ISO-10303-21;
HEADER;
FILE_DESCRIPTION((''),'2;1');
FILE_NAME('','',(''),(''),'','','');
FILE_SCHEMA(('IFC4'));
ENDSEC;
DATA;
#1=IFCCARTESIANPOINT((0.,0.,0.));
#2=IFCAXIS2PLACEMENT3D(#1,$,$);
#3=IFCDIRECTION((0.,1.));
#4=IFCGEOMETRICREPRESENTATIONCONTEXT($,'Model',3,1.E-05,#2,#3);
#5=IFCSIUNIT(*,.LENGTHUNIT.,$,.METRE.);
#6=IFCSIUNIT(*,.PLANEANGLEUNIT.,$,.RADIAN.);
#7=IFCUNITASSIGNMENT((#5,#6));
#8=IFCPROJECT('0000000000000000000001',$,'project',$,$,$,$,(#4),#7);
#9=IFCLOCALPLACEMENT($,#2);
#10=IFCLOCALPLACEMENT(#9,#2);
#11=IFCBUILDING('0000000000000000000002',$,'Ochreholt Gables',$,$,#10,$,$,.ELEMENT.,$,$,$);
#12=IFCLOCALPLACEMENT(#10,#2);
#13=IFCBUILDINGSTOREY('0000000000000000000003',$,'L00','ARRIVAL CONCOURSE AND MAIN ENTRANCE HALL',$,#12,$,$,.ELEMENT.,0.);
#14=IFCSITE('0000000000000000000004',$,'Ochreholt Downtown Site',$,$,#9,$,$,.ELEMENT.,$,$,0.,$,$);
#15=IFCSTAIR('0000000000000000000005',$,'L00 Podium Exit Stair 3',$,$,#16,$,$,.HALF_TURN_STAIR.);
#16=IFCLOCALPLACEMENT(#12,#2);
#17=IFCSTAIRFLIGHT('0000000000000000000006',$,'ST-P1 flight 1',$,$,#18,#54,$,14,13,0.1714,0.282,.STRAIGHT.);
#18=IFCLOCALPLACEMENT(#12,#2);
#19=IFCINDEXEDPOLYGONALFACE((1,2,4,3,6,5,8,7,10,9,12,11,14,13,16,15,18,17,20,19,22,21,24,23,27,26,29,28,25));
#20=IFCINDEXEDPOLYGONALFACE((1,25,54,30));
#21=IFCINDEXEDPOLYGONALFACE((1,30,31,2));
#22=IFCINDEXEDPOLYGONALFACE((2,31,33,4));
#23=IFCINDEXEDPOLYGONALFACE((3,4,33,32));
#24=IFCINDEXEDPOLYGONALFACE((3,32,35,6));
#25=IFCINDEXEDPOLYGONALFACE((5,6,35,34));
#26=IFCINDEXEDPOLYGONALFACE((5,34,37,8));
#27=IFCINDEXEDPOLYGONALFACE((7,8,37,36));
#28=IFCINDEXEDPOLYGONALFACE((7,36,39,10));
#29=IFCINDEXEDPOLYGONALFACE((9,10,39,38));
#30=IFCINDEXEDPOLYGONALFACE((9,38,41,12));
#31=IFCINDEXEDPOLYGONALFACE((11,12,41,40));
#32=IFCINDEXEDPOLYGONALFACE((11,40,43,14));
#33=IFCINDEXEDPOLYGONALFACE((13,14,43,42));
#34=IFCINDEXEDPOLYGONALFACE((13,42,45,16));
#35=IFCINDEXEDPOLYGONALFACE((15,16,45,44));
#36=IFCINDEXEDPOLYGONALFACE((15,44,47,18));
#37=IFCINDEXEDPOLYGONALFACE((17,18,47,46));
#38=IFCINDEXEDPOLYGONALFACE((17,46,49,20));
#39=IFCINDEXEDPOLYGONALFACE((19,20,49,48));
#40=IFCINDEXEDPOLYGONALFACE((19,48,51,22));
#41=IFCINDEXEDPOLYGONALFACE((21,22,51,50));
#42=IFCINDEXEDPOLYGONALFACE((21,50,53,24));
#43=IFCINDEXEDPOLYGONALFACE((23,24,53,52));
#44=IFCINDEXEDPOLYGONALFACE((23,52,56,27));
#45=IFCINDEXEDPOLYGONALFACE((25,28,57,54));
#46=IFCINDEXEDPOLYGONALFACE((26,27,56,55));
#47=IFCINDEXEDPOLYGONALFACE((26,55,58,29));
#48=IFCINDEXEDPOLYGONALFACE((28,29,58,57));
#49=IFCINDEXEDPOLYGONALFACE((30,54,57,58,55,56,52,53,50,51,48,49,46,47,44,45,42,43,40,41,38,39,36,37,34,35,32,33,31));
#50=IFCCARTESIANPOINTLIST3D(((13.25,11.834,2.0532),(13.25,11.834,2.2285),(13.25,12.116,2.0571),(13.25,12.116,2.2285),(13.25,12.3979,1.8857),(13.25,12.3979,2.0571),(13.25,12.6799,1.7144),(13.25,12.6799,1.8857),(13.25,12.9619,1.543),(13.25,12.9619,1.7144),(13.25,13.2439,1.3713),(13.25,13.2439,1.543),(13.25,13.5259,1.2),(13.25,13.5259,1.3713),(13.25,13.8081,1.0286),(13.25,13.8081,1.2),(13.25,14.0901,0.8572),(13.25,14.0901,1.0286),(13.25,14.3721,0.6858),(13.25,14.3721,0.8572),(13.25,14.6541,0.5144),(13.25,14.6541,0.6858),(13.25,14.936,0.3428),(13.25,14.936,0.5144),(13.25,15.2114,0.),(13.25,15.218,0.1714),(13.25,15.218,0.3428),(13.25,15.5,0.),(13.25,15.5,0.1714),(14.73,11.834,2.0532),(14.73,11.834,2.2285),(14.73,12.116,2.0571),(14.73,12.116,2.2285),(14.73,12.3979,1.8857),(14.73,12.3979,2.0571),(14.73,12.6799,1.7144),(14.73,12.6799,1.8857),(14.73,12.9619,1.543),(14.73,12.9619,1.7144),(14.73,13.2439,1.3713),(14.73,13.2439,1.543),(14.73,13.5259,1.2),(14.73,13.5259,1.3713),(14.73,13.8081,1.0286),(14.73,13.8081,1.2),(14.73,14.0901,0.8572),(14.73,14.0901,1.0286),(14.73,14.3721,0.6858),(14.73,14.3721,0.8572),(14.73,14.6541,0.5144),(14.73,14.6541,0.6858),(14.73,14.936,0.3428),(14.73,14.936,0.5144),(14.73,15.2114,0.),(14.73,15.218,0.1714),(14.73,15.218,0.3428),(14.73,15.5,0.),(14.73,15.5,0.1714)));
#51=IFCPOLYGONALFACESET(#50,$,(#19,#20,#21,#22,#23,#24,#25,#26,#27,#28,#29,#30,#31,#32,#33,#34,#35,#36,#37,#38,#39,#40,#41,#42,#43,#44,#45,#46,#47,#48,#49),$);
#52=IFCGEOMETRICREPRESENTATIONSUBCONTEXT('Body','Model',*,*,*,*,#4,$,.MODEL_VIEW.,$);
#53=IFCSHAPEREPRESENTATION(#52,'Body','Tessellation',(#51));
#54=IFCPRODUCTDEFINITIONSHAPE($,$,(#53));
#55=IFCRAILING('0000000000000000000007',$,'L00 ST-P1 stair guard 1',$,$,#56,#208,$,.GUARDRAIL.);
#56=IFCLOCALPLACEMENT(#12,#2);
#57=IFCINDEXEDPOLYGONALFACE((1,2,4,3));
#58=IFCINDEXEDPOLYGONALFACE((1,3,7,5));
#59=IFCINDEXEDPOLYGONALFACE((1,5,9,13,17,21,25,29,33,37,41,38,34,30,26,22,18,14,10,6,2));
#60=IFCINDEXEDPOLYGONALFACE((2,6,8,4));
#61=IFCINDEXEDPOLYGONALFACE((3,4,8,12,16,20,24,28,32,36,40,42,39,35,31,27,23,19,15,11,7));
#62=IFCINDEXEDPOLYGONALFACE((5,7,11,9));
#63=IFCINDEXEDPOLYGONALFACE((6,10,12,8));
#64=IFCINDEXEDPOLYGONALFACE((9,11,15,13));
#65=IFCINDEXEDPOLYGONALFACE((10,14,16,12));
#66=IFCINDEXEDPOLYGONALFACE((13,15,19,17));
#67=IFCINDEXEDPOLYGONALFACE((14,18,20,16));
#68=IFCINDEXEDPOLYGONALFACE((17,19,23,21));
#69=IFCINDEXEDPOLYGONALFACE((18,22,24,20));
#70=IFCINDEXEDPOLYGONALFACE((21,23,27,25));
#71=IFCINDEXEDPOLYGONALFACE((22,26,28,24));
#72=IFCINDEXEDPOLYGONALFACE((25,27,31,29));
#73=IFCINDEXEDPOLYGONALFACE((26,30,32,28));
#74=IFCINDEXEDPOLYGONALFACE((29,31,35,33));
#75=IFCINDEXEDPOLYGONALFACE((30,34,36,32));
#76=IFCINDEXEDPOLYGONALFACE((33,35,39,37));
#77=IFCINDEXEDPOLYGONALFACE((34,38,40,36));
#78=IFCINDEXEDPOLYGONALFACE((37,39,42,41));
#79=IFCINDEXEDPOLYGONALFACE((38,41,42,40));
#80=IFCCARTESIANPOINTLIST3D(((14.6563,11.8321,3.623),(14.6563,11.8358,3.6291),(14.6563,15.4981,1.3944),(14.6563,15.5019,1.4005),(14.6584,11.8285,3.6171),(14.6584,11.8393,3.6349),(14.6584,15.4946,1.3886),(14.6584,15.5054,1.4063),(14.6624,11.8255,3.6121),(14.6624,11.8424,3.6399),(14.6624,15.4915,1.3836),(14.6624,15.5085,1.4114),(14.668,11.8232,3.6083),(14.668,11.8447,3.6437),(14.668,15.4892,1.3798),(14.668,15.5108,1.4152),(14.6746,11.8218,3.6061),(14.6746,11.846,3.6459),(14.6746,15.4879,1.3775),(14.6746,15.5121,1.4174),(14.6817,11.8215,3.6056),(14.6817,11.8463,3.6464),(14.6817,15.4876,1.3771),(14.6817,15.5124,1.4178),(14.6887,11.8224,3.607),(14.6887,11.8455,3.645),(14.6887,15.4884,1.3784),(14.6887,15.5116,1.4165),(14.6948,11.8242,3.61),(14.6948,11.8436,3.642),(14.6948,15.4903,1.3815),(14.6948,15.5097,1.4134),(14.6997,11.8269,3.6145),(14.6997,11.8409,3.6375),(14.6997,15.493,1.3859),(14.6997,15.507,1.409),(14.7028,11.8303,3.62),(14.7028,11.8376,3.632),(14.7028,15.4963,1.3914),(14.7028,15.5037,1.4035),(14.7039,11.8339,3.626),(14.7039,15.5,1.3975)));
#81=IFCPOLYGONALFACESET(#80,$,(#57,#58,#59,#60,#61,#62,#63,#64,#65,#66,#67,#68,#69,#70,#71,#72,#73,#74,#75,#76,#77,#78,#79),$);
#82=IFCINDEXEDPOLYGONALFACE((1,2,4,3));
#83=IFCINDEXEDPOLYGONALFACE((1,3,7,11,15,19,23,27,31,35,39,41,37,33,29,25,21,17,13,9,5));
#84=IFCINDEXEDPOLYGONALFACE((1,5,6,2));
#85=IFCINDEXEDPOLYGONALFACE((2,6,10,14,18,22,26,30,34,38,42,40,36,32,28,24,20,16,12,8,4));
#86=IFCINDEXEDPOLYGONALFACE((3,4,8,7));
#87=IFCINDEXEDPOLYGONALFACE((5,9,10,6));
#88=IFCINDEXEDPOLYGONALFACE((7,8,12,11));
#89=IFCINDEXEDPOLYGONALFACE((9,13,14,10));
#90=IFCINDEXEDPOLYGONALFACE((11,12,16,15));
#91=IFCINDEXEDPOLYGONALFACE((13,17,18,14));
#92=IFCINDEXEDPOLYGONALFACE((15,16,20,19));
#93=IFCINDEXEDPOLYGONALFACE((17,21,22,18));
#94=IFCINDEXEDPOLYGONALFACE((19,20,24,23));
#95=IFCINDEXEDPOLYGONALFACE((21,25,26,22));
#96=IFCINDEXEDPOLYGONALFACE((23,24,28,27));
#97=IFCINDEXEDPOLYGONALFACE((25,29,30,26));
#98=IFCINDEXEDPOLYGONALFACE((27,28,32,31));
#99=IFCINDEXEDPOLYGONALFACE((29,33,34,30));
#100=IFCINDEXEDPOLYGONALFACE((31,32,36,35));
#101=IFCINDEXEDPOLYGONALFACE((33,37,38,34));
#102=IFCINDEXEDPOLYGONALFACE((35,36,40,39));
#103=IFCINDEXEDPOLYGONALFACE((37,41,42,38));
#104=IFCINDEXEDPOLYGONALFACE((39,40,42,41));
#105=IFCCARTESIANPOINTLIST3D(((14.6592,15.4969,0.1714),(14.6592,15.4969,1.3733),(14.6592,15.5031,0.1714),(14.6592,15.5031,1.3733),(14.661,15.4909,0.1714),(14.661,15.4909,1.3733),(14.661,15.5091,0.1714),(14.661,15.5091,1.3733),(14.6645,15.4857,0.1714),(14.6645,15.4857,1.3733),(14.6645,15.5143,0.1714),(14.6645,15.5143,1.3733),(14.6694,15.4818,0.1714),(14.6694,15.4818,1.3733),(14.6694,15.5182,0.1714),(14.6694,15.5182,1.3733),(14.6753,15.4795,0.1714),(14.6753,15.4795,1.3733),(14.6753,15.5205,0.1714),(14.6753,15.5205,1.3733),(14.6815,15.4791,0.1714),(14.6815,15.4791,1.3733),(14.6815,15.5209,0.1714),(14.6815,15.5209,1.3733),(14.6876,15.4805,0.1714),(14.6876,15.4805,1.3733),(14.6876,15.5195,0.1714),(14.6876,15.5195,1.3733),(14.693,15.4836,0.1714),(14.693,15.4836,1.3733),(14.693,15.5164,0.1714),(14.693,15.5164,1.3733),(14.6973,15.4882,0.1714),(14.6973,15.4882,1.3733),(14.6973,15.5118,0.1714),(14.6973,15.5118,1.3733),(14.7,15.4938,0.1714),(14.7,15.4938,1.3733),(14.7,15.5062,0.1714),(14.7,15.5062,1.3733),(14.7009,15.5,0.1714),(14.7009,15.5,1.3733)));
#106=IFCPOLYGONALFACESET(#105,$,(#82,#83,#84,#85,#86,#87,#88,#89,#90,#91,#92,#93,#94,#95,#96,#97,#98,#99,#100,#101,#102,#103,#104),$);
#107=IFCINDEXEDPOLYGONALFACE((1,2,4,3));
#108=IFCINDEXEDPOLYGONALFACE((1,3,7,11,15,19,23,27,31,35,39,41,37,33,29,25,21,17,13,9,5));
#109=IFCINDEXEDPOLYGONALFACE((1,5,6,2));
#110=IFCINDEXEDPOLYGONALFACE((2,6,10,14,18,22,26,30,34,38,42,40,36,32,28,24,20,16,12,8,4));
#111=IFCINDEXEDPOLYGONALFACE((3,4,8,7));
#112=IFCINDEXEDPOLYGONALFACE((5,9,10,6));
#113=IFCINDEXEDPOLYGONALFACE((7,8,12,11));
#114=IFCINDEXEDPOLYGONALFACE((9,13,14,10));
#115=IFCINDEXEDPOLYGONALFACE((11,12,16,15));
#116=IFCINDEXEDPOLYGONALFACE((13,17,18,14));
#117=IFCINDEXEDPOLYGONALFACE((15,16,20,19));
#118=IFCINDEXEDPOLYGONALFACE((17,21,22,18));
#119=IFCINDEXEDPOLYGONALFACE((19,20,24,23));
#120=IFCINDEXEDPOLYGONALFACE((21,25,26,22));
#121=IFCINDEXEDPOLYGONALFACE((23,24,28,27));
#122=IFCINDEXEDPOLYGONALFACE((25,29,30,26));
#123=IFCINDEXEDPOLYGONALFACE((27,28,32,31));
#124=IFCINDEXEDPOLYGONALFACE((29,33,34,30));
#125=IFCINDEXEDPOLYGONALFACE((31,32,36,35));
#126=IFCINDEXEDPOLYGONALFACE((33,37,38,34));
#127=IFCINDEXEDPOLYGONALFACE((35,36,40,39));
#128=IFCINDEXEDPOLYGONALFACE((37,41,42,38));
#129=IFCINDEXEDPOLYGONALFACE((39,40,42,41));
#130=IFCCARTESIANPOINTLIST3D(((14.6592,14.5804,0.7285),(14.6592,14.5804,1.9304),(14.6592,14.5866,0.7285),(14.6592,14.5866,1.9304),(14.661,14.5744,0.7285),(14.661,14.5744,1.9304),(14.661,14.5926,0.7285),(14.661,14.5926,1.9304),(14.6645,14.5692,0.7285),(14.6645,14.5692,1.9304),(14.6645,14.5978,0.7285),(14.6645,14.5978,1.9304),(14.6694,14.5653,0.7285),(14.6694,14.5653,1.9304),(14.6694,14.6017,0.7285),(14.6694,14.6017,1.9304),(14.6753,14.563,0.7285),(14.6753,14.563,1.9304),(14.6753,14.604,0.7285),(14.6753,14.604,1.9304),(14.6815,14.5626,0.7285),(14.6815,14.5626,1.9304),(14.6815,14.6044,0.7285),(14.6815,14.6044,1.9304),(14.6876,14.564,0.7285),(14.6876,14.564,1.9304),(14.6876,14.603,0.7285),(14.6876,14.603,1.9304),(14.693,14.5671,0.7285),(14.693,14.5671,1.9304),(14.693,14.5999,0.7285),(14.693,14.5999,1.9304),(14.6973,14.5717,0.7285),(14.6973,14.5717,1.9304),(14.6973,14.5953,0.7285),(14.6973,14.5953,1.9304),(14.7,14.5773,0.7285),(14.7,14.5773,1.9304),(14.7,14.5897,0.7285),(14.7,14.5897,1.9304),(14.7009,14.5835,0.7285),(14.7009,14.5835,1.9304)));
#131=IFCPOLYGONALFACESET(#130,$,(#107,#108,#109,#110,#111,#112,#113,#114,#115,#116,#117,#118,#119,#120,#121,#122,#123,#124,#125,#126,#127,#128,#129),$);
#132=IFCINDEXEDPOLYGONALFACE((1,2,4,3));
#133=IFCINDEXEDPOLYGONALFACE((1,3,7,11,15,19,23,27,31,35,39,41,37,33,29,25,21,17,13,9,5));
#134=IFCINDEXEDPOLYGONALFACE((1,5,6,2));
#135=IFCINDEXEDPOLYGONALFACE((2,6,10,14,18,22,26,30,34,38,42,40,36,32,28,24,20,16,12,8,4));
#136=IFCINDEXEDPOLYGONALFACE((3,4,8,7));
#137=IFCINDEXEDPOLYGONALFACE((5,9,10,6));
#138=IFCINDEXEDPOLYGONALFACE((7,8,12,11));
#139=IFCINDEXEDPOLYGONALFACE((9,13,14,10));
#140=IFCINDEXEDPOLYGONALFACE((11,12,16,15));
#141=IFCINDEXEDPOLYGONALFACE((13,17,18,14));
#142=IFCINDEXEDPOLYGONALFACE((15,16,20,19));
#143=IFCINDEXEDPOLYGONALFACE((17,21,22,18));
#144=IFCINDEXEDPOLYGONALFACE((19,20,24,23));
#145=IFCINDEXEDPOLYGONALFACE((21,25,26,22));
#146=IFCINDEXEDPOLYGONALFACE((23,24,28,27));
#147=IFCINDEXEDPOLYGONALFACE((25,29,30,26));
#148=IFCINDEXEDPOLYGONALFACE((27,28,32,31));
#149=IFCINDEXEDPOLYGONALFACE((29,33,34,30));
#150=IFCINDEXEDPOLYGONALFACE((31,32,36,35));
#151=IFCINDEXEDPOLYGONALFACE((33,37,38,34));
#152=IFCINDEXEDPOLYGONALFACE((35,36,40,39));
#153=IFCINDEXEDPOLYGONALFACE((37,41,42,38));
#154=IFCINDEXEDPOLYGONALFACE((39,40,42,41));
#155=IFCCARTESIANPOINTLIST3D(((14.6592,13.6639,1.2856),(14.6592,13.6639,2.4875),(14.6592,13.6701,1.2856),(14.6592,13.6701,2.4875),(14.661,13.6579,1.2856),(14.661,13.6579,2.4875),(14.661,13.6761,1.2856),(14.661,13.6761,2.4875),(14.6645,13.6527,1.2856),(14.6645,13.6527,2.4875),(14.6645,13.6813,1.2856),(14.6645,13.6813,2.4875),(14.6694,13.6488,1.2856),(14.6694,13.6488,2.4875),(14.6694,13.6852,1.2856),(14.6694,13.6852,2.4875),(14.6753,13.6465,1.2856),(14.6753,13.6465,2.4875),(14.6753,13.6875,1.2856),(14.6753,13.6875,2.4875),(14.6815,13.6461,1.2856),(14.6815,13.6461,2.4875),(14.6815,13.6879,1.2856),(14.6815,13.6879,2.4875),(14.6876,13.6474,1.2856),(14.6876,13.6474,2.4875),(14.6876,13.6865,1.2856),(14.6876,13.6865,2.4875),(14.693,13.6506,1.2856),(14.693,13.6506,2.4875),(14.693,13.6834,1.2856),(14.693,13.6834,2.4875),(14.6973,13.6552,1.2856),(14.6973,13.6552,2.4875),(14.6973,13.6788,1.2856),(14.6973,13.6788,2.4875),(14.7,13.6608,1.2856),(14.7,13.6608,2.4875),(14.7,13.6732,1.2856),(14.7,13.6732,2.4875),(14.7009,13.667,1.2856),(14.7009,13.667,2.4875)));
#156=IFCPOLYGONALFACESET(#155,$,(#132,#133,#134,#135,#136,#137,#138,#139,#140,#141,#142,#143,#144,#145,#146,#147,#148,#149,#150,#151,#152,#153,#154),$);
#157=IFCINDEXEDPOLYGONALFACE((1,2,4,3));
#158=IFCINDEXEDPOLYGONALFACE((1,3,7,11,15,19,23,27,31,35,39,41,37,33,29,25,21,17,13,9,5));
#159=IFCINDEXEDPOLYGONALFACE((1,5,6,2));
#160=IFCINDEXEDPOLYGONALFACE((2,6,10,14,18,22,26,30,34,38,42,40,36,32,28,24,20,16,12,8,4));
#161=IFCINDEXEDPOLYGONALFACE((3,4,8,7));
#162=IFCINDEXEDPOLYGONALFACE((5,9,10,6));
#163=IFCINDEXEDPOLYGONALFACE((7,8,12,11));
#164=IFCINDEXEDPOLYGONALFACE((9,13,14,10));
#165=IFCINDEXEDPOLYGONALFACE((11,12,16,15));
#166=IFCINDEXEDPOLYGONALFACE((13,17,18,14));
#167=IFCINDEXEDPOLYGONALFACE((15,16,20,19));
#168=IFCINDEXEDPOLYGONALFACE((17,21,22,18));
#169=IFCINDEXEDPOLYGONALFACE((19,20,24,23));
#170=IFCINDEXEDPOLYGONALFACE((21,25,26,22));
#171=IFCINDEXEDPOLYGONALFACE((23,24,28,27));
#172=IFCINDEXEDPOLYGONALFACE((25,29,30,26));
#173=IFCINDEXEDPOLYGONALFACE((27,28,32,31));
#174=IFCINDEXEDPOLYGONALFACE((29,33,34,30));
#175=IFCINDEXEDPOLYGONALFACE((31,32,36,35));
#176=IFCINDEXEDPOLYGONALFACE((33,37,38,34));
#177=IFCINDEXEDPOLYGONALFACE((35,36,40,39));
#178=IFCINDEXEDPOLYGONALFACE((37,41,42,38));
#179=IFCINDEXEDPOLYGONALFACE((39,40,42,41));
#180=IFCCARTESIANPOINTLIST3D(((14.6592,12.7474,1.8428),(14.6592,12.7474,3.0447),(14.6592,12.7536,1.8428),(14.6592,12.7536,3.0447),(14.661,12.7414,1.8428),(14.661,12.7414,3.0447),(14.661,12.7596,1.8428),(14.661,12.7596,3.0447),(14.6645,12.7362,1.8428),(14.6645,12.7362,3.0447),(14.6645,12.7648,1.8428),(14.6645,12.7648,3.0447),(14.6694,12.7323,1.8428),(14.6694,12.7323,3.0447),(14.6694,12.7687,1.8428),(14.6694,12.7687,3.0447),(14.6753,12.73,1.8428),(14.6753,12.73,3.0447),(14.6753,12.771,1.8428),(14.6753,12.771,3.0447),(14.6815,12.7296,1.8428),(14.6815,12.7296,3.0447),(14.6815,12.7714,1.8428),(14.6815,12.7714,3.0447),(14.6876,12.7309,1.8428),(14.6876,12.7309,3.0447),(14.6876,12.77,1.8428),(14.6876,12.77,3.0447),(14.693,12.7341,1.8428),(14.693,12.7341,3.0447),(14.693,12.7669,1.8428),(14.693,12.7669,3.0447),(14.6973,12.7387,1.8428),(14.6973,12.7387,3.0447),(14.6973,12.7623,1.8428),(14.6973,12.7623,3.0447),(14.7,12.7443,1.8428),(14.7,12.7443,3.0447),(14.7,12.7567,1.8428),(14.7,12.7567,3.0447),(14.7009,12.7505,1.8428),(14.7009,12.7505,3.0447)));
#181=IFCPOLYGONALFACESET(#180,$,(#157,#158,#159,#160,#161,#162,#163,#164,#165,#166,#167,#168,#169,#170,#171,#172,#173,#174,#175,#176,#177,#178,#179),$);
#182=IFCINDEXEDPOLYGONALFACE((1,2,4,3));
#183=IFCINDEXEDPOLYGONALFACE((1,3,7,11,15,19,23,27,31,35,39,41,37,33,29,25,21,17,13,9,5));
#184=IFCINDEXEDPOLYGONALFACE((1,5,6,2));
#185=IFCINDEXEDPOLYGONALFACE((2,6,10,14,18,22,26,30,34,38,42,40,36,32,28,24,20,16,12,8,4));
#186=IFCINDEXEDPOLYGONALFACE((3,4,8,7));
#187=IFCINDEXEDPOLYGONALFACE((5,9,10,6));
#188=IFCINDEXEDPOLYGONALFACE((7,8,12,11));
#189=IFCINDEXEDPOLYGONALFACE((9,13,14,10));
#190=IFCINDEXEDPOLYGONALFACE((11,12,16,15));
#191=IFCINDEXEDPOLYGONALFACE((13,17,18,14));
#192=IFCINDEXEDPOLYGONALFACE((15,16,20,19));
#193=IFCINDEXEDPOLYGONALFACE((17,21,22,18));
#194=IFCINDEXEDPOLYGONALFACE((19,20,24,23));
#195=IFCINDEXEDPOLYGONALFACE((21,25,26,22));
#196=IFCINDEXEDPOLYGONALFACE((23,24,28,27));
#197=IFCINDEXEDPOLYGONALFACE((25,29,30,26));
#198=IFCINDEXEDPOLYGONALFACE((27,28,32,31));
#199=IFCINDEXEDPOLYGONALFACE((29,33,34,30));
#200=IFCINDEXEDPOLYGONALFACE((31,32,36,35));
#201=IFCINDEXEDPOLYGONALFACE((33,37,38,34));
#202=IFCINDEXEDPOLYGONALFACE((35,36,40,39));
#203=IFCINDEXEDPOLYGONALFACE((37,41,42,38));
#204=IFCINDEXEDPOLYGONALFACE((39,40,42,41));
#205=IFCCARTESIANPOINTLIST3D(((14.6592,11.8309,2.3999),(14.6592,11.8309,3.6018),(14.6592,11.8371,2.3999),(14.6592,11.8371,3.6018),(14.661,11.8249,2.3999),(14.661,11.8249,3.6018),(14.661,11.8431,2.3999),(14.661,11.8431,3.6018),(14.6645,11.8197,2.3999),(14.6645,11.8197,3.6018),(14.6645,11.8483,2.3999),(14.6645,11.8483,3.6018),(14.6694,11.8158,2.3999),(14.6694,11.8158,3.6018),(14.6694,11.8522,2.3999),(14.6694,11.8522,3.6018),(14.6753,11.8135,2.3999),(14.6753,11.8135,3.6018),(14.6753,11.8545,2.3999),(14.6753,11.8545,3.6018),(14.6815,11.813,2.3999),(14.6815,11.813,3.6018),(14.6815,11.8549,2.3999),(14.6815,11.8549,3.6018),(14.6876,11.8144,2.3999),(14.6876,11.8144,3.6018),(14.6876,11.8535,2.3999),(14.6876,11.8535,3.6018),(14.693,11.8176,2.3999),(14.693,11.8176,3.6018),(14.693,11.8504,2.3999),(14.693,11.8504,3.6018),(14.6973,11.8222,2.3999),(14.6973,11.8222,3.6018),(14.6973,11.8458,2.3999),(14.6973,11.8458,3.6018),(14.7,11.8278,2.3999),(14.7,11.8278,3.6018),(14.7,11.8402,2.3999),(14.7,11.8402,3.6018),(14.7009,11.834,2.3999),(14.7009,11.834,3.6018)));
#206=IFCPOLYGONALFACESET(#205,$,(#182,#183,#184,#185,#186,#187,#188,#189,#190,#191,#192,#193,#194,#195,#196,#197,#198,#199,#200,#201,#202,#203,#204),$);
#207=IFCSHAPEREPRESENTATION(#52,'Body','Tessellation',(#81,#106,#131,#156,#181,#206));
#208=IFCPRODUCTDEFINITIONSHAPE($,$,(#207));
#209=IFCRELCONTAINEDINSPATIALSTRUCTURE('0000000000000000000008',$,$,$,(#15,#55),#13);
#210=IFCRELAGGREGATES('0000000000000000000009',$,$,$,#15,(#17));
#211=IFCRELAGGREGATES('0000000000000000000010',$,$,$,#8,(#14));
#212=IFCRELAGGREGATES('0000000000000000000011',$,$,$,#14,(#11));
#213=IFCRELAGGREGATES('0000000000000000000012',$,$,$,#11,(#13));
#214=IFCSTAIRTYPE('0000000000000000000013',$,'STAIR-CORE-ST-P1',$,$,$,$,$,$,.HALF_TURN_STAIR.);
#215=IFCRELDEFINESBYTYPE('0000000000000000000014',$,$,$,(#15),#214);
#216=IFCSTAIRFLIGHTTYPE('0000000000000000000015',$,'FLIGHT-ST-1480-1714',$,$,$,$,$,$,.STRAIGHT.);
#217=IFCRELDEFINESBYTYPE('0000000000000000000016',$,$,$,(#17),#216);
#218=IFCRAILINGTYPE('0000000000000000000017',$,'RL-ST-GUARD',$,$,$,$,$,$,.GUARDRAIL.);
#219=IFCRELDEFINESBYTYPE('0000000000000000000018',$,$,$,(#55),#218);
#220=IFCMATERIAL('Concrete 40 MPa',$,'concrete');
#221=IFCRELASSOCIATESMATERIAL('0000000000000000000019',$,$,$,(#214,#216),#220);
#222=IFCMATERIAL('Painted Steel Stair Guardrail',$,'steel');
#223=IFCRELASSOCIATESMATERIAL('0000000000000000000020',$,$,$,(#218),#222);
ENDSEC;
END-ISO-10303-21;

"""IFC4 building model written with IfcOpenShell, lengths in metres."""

from ifc_helpers import new_model, si_unit, direction, frame, origin, origin_2d, place, context, subcontext, project, spatial, polyline, circle, outline, extrude, material, type_object, element, aggregate, save


model = new_model("IFC4")

# Units and contexts
model_context = context("Model", 3, precision=1e-05, world=origin(), true_north=direction((0.0, 1.0)))
body_context = subcontext(model_context, "Body", "Model", "MODEL_VIEW")
ifc_project = project(units=[si_unit("LENGTHUNIT", "METRE"), si_unit("PLANEANGLEUNIT", "RADIAN")], contexts=[model_context])

# Site, building, storey
site_placement = place(None, origin())
site = spatial("IfcSite", under=ifc_project, at=site_placement, Name="Ochreholt Downtown Site", CompositionType="ELEMENT", RefElevation=0.0)
building_placement = place(site_placement, origin())
building = spatial("IfcBuilding", under=site, at=building_placement, Name="Ochreholt Gables", CompositionType="ELEMENT")
storey_placement = place(building_placement, origin())
storey = spatial("IfcBuildingStorey", under=building, at=storey_placement, Name="L00", Description="ARRIVAL CONCOURSE AND MAIN ENTRANCE HALL", CompositionType="ELEMENT", Elevation=0.0)

# Shared definitions
ifc_material_1 = material(Name="Concrete 40 MPa", Category="concrete")

# Stair, stair flight
stair_type = type_object("IfcStairType", Name="STAIR-CORE-ST-P1", PredefinedType="HALF_TURN_STAIR", material=ifc_material_1)
stair_placement = place(storey_placement, origin())
stair = element("IfcStair", 1, at=stair_placement, inside=storey, type_object=stair_type, Name="L00 Podium Exit Stair 3", PredefinedType="HALF_TURN_STAIR")
stair_flight_type = type_object("IfcStairFlightType", Name="FLIGHT-ST-1480-1714", PredefinedType="STRAIGHT", material=ifc_material_1)
stair_flight_placement = place(storey_placement, frame((13.99, 15.5, 0.0), z_axis=(0.0, 0.0, 1.0), x_axis=(0.0, -1.0, 0.0)))
stair_flight = element("IfcStairFlight", 2, at=stair_flight_placement, type_object=stair_flight_type, Name="ST-P1 flight 1", NumberOfRisers=14, NumberOfTreads=13, PredefinedType="STRAIGHT", RiserHeight=0.1714, TreadLength=0.282, context=body_context, shape_type="SweptSolid", body=[
    extrude(outline(polyline([(0.0, 0.0), (0.0, 0.1714), (0.282, 0.1714), (0.282, 0.3428), (0.564, 0.3428), (0.564, 0.5144), (0.8459, 0.5144), (0.8459, 0.6858), (1.1279, 0.6858), (1.1279, 0.8572), (1.4099, 0.8572), (1.4099, 1.0286), (1.6919, 1.0286), (1.6919, 1.2), (1.9741, 1.2), (1.9741, 1.3713), (2.2561, 1.3713), (2.2561, 1.543), (2.5381, 1.543), (2.5381, 1.7144), (2.8201, 1.7144), (2.8201, 1.8857), (3.1021, 1.8857), (3.1021, 2.0571), (3.384, 2.0571), (3.384, 2.2285), (3.666, 2.2285), (3.666, 2.3999), (3.666, 2.0532), (0.2886, 0.0), (0.0, 0.0)])), frame((0.0, 0.74, 0.0), z_axis=(0.0, -1.0, 0.0), x_axis=(1.0, 0.0, 0.0)), (0.0, 0.0, 1.0), 1.48),
])
aggregate(stair, [stair_flight])

# Railing
ifc_material_2 = material(Name="Painted Steel Stair Guardrail", Category="steel")
railing_type_1 = type_object("IfcRailingType", Name="RL-ST-GUARD", PredefinedType="GUARDRAIL", material=ifc_material_2)
railing_1_placement = place(storey_placement, frame((14.6799, 15.5, 0.1714)))
element("IfcRailing", 3, at=railing_1_placement, inside=storey, type_object=railing_type_1, Name="L00 ST-P1 stair guard 1", PredefinedType="GUARDRAIL", context=body_context, shape_type="SweptSolid", body=[
    extrude(circle(Radius=0.0239, at=origin_2d()), frame((0.0, 0.0, 1.2261), z_axis=(0.0, -0.854506, 0.519441), x_axis=(1.0, 0.0, 0.0)), (0.0, 0.0, 1.0), 4.2903),
    extrude(circle(Radius=0.021, at=origin_2d()), origin(), (0.0, 0.0, 1.0), 1.2019),
    extrude(circle(Radius=0.021, at=origin_2d()), frame((0.0, -0.9165, 0.5571)), (0.0, 0.0, 1.0), 1.2019),
    extrude(circle(Radius=0.021, at=origin_2d()), frame((0.0, -1.833, 1.1143)), (0.0, 0.0, 1.0), 1.2019),
    extrude(circle(Radius=0.021, at=origin_2d()), frame((0.0, -2.7495, 1.6714)), (0.0, 0.0, 1.0), 1.2019),
    extrude(circle(Radius=0.021, at=origin_2d()), frame((0.0, -3.666, 2.2285)), (0.0, 0.0, 1.0), 1.2019),
])

save(model, "model.ifc")
